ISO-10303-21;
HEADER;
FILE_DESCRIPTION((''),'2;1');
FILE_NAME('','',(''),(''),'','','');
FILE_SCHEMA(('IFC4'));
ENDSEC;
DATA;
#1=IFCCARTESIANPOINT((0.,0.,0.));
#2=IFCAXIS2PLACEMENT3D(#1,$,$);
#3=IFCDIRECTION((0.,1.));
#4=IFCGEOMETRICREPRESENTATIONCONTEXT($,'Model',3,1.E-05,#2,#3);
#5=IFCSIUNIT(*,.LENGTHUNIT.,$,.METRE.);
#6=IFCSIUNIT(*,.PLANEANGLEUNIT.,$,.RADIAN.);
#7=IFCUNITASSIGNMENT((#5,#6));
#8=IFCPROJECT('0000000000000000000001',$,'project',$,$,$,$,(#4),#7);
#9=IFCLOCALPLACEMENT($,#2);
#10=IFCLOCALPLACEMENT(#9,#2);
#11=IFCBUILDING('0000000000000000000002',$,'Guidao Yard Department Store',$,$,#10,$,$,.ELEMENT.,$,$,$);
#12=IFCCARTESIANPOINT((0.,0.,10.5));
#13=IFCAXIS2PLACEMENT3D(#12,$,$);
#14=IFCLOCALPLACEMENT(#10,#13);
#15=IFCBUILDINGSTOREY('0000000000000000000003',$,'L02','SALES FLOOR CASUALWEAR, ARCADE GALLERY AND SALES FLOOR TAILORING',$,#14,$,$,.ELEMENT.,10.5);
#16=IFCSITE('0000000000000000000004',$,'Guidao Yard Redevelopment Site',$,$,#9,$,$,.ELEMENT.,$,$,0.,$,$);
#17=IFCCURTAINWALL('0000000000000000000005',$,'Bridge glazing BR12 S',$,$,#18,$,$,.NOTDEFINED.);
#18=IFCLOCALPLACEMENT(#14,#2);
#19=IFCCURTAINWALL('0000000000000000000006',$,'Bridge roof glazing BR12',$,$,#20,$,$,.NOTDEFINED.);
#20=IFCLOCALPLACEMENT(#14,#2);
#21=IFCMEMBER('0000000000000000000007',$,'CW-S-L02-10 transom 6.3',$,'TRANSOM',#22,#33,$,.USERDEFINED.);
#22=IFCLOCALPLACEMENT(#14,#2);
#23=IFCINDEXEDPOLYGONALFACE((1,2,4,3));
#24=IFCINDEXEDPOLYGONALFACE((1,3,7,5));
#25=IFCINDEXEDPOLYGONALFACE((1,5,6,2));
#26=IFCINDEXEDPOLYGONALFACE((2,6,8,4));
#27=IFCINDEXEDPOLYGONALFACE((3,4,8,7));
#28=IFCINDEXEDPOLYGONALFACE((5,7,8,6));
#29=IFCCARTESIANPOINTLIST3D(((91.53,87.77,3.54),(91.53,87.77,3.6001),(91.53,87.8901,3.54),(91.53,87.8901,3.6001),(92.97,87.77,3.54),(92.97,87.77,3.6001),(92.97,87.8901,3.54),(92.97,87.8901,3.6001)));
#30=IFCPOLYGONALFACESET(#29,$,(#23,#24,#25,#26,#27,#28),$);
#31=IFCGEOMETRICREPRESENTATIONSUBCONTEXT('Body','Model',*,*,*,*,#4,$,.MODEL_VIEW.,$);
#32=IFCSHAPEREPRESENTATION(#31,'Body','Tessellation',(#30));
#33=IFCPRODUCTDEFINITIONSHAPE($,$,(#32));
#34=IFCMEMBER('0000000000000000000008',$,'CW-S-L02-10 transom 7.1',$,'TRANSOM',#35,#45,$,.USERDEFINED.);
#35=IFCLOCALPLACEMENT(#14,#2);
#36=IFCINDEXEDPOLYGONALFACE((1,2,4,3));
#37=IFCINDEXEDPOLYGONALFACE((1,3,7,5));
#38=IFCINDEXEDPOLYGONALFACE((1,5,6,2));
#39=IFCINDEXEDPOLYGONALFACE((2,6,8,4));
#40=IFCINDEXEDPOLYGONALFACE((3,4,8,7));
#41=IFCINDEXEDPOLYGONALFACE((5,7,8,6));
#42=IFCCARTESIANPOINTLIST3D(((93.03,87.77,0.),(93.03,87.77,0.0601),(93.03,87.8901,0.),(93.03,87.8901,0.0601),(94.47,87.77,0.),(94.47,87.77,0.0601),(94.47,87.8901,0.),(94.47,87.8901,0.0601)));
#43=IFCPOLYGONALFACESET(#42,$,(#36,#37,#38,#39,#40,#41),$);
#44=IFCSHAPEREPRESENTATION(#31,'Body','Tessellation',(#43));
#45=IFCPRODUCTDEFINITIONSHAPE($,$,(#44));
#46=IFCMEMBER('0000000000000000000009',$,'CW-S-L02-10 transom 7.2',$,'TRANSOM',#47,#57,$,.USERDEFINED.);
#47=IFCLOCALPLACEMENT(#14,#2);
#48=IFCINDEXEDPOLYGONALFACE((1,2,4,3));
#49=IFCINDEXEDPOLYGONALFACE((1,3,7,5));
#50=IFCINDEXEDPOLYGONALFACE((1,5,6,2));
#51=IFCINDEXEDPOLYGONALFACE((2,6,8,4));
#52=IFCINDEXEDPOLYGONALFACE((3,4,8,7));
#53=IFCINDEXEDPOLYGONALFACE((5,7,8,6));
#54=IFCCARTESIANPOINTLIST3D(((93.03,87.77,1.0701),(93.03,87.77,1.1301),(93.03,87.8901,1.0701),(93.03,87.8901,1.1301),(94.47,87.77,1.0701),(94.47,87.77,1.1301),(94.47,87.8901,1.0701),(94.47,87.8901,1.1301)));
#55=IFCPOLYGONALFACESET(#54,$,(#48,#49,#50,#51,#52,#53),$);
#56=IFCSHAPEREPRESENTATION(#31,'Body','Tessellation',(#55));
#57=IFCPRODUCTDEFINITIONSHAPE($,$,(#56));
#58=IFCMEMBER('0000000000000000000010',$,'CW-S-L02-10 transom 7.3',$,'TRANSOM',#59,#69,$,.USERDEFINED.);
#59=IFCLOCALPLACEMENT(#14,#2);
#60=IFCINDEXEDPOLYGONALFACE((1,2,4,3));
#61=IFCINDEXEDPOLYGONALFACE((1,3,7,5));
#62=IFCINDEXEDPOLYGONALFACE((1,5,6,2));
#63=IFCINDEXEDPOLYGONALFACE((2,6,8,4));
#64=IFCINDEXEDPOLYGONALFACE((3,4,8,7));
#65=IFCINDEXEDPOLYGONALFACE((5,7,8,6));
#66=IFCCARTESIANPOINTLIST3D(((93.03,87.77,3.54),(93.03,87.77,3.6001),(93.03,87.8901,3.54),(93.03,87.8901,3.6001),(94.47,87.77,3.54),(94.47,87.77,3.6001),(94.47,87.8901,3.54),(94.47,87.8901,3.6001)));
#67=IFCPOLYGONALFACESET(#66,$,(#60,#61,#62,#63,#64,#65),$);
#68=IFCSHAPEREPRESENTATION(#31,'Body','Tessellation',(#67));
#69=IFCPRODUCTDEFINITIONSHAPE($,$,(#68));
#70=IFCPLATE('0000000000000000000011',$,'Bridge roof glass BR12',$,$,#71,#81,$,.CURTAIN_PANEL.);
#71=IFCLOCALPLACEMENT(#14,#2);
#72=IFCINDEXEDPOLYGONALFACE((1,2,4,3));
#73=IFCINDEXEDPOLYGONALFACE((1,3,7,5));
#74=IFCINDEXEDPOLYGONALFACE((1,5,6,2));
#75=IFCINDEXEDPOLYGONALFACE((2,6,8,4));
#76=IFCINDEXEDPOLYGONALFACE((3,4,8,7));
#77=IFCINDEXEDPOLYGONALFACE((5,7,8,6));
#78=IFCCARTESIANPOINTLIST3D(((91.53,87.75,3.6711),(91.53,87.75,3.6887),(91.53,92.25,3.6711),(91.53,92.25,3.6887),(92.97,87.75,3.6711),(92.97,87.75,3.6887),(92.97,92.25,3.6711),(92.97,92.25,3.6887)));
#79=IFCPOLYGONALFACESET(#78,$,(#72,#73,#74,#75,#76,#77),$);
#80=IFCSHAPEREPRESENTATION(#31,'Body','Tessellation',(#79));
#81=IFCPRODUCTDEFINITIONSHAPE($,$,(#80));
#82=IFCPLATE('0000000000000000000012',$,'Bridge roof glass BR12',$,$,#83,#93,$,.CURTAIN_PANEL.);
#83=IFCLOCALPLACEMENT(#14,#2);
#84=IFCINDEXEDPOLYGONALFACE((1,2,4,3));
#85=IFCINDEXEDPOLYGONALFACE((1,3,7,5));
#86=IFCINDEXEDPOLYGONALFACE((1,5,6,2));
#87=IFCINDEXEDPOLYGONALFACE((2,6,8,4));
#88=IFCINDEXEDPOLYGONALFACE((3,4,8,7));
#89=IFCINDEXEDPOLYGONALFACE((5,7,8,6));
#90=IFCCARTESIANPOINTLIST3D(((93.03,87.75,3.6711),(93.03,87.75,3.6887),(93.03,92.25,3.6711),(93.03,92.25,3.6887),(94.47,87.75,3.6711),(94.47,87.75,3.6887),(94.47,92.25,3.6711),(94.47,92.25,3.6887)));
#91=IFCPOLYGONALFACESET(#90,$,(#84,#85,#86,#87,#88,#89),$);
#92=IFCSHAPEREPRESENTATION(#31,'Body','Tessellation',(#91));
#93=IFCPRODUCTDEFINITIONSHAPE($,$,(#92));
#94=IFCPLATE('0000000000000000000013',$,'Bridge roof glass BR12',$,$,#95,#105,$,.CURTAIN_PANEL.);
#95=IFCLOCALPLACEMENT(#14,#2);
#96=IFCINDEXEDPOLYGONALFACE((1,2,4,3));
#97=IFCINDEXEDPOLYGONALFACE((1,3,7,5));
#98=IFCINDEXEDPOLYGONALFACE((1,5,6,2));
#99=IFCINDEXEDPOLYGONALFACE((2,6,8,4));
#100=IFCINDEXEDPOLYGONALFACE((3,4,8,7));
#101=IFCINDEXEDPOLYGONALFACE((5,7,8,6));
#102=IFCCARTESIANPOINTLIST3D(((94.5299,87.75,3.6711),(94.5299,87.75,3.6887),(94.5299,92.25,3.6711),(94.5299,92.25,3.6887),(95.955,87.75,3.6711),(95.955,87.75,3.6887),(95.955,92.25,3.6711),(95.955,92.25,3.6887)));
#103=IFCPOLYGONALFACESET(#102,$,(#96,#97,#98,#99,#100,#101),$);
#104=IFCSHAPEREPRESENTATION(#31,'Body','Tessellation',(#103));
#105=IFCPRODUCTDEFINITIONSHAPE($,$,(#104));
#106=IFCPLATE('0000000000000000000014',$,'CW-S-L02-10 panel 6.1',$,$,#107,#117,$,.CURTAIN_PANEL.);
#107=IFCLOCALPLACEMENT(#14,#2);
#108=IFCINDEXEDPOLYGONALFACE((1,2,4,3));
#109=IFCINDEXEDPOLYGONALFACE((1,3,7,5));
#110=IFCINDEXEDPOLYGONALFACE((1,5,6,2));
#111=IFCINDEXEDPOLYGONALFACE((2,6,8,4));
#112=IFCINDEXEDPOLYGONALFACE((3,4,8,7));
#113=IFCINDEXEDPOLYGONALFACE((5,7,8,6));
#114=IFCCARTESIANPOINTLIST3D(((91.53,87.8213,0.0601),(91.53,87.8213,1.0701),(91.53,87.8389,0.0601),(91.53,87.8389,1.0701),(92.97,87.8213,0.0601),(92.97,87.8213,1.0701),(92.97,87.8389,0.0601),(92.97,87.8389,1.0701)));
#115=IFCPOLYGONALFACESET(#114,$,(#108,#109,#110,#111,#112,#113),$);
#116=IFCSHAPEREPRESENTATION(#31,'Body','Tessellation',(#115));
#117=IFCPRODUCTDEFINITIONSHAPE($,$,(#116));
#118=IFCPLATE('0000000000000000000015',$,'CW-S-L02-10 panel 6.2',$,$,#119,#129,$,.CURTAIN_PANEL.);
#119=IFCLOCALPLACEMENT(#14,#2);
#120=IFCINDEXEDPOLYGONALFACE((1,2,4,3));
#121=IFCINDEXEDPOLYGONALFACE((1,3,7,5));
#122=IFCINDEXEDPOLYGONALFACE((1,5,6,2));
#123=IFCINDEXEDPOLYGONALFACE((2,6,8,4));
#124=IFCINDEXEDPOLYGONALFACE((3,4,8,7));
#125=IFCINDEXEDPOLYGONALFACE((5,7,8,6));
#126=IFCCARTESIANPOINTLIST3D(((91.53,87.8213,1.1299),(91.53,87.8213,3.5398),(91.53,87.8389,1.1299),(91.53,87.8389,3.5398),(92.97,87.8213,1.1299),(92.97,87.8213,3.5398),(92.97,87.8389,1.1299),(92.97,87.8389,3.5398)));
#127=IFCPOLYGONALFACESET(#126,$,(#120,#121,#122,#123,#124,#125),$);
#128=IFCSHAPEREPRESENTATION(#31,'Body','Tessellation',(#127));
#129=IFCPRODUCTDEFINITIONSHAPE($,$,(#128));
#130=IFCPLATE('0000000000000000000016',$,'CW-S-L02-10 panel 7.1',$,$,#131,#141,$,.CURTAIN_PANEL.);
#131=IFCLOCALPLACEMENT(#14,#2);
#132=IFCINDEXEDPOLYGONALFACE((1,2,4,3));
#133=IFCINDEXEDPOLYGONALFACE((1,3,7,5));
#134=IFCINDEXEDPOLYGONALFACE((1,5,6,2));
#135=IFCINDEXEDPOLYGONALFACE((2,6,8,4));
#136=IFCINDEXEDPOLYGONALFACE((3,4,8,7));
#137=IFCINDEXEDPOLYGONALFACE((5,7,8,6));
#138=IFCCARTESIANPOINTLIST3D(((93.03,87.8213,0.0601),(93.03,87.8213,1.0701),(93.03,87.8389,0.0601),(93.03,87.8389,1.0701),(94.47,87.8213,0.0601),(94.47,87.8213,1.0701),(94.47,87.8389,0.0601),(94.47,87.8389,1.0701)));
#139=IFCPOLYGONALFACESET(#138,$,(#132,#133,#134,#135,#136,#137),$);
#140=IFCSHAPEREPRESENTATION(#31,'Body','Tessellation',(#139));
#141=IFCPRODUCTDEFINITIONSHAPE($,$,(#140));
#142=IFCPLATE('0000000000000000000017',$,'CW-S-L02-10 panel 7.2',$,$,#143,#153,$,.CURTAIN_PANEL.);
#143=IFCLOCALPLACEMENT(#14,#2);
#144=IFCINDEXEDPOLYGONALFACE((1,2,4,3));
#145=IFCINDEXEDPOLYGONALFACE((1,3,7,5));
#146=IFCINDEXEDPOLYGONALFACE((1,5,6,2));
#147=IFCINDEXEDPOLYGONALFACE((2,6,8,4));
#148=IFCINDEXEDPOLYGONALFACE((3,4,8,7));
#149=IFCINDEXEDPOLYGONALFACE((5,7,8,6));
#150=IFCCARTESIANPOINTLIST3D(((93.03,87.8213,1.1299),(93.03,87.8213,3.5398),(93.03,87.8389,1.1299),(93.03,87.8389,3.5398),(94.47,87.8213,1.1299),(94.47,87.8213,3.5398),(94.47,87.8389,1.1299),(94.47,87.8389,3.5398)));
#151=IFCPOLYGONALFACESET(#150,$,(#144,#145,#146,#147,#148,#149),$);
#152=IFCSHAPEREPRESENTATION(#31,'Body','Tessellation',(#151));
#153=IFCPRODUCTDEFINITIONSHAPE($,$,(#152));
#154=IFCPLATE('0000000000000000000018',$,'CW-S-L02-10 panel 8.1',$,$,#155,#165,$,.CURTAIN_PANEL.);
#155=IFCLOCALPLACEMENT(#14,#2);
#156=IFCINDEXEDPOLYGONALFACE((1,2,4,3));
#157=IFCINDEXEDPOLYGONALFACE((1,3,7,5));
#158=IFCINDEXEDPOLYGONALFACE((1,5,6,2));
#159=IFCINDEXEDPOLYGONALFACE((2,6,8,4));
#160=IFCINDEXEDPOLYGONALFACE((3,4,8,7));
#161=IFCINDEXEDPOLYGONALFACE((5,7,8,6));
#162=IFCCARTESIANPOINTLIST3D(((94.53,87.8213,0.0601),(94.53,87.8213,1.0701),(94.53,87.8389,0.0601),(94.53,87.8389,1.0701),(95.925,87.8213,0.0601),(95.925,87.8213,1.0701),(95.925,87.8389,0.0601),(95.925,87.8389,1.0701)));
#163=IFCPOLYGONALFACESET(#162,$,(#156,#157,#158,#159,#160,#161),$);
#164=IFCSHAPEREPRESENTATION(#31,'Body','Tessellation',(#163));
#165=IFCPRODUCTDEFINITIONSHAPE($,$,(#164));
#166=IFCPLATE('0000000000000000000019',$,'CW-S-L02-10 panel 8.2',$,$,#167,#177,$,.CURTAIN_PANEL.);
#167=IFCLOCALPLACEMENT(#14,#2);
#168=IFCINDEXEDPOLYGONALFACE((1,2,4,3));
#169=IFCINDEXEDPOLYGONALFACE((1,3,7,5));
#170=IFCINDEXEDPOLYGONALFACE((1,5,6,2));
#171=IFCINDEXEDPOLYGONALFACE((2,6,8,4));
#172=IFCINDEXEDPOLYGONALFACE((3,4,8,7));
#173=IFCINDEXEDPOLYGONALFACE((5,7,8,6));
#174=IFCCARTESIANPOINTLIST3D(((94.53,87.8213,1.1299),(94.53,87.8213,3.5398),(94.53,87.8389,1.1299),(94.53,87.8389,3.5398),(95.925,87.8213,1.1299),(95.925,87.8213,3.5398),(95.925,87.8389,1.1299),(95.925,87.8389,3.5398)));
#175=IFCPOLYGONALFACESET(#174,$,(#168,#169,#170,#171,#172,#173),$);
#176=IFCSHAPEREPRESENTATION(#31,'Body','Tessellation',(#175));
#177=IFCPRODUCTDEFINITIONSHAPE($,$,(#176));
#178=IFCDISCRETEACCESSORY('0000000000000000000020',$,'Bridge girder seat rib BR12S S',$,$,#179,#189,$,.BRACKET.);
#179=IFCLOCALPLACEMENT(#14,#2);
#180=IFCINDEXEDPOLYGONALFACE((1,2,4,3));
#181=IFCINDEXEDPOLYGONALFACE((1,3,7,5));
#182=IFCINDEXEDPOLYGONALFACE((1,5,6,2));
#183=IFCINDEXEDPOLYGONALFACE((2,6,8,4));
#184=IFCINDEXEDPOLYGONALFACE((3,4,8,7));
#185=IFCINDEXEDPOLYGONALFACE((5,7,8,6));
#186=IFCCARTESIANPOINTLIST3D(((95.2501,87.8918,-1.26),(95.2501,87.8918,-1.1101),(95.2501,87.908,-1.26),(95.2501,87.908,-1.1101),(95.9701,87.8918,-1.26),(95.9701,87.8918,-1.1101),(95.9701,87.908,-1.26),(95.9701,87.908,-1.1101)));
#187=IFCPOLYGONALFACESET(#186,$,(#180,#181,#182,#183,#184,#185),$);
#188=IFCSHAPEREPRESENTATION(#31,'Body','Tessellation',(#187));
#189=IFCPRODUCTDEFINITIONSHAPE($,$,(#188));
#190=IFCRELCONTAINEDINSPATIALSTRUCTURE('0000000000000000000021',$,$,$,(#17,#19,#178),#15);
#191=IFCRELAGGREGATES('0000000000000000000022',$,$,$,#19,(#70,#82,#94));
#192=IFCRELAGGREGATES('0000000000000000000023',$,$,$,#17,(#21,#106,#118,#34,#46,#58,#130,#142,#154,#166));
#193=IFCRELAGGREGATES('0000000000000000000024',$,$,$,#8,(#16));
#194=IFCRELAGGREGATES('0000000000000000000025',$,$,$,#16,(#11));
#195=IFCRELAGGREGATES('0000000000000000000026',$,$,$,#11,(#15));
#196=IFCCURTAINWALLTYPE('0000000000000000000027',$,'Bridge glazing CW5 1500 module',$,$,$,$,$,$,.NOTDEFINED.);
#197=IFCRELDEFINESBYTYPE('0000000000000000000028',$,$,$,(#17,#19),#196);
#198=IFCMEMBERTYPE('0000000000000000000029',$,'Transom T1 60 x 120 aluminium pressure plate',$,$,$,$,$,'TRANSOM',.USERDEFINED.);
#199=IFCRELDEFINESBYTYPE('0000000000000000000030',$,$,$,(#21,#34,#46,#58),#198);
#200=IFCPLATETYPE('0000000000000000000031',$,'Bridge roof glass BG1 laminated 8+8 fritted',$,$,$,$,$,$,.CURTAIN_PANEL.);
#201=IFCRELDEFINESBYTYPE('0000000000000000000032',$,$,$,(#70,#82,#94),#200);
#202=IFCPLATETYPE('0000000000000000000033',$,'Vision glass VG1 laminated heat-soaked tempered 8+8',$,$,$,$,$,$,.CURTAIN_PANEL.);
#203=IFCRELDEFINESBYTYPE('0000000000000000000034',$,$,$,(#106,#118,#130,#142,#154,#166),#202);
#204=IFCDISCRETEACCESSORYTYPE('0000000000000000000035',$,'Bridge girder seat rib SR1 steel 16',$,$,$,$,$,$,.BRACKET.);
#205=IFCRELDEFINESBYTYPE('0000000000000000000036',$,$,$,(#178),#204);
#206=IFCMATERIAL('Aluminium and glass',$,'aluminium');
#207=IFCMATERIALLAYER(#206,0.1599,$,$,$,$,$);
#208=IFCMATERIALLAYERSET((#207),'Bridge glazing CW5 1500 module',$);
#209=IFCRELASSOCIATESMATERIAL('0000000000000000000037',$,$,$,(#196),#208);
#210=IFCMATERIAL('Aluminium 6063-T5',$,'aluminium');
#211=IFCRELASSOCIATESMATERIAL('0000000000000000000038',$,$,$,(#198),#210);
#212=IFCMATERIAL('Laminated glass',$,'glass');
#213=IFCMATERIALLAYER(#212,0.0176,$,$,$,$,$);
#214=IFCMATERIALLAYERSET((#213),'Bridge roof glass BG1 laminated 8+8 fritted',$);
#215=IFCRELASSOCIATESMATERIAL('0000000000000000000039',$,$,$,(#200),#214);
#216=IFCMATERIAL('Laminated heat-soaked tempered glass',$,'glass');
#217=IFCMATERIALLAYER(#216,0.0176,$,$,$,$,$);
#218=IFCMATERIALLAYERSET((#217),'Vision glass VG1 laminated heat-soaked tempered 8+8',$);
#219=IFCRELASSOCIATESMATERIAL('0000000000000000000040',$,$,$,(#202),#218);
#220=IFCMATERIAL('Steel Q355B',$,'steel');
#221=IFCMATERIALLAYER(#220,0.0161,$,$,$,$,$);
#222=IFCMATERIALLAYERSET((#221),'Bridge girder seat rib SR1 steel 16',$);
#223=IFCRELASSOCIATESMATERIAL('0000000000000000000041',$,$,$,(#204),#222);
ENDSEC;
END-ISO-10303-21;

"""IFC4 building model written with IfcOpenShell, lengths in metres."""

from ifc_helpers import new_model, si_unit, direction, frame, origin, origin_2d, place, context, subcontext, project, spatial, rectangle, extrude, material, layer, layer_set, material_profile, profile_set, type_object, element, aggregate, save


model = new_model("IFC4")

# Units and contexts
model_context = context("Model", 3, precision=1e-05, world=origin(), true_north=direction((0.0, 1.0)))
body_context = subcontext(model_context, "Body", "Model", "MODEL_VIEW")
ifc_project = project(units=[si_unit("LENGTHUNIT", "METRE"), si_unit("PLANEANGLEUNIT", "RADIAN")], contexts=[model_context])

# Site, building, storey
site_placement = place(None, origin())
site = spatial("IfcSite", under=ifc_project, at=site_placement, Name="Guidao Yard Redevelopment Site", CompositionType="ELEMENT", RefElevation=0.0)
building_placement = place(site_placement, origin())
building = spatial("IfcBuilding", under=site, at=building_placement, Name="Guidao Yard Department Store", CompositionType="ELEMENT")
storey_placement = place(building_placement, frame((0.0, 0.0, 10.5)))
storey = spatial("IfcBuildingStorey", under=building, at=storey_placement, Name="L02", Description="SALES FLOOR CASUALWEAR, ARCADE GALLERY AND SALES FLOOR TAILORING", CompositionType="ELEMENT", Elevation=10.5)

# Curtain walls
ifc_material_1 = material(Name="Aluminium and glass", Category="aluminium")
ifc_layer_1 = layer(ifc_material_1, 0.1599)
ifc_layer_set_1 = layer_set([ifc_layer_1], Name="Bridge glazing CW5 1500 module")
curtain_wall_type = type_object("IfcCurtainWallType", Name="Bridge glazing CW5 1500 module", PredefinedType="NOTDEFINED", material=ifc_layer_set_1)
curtain_wall_1_placement = place(storey_placement, origin())
curtain_wall_1 = element("IfcCurtainWall", 1, at=curtain_wall_1_placement, inside=storey, type_object=curtain_wall_type, Name="Bridge glazing BR12 S", PredefinedType="NOTDEFINED")
curtain_wall_2_placement = place(storey_placement, origin())
curtain_wall_2 = element("IfcCurtainWall", 2, at=curtain_wall_2_placement, inside=storey, type_object=curtain_wall_type, Name="Bridge roof glazing BR12", PredefinedType="NOTDEFINED")

# Members
ifc_material_2 = material(Name="Aluminium 6063-T5", Category="aluminium")
ifc_material_profile_1 = material_profile(ifc_material_2, rectangle(XDim=0.1201, YDim=0.0601, at=origin_2d()), Name="Transom T1 60 x 120 aluminium pressure plate")
ifc_profile_set_1 = profile_set([ifc_material_profile_1], Name="Aluminium 6063-T5")
member_type_1 = type_object("IfcMemberType", Name="Transom T1 60 x 120 aluminium pressure plate", ElementType="TRANSOM", PredefinedType="USERDEFINED", material=ifc_profile_set_1)
member_1_placement = place(storey_placement, frame((92.97, 87.8301, 3.5701), z_axis=(-1.0, 0.0, 0.0), x_axis=(0.0, -1.0, 0.0)))
member_1 = element("IfcMember", 3, at=member_1_placement, type_object=member_type_1, Name="CW-S-L02-10 transom 6.3", ObjectType="TRANSOM", PredefinedType="USERDEFINED", context=body_context, shape_type="SweptSolid", body=[
    extrude(rectangle(XDim=0.1201, YDim=0.0601, at=origin_2d()), origin(), (0.0, 0.0, 1.0), 1.4399),
])
member_2_placement = place(storey_placement, frame((94.47, 87.8301, 0.03), z_axis=(-1.0, 0.0, 0.0), x_axis=(0.0, -1.0, 0.0)))
member_2 = element("IfcMember", 4, at=member_2_placement, type_object=member_type_1, Name="CW-S-L02-10 transom 7.1", ObjectType="TRANSOM", PredefinedType="USERDEFINED", context=body_context, shape_type="SweptSolid", body=[
    extrude(rectangle(XDim=0.1201, YDim=0.0601, at=origin_2d()), origin(), (0.0, 0.0, 1.0), 1.4399),
])
member_3_placement = place(storey_placement, frame((94.47, 87.8301, 1.1001), z_axis=(-1.0, 0.0, 0.0), x_axis=(0.0, -1.0, 0.0)))
member_3 = element("IfcMember", 5, at=member_3_placement, type_object=member_type_1, Name="CW-S-L02-10 transom 7.2", ObjectType="TRANSOM", PredefinedType="USERDEFINED", context=body_context, shape_type="SweptSolid", body=[
    extrude(rectangle(XDim=0.1201, YDim=0.0601, at=origin_2d()), origin(), (0.0, 0.0, 1.0), 1.4399),
])
member_4_placement = place(storey_placement, frame((94.47, 87.8301, 3.5701), z_axis=(-1.0, 0.0, 0.0), x_axis=(0.0, -1.0, 0.0)))
member_4 = element("IfcMember", 6, at=member_4_placement, type_object=member_type_1, Name="CW-S-L02-10 transom 7.3", ObjectType="TRANSOM", PredefinedType="USERDEFINED", context=body_context, shape_type="SweptSolid", body=[
    extrude(rectangle(XDim=0.1201, YDim=0.0601, at=origin_2d()), origin(), (0.0, 0.0, 1.0), 1.4399),
])

# Plates
ifc_material_3 = material(Name="Laminated glass", Category="glass")
ifc_layer_2 = layer(ifc_material_3, 0.0176)
ifc_layer_set_2 = layer_set([ifc_layer_2], Name="Bridge roof glass BG1 laminated 8+8 fritted")
plate_type_1 = type_object("IfcPlateType", Name="Bridge roof glass BG1 laminated 8+8 fritted", PredefinedType="CURTAIN_PANEL", material=ifc_layer_set_2)
plate_1_placement = place(storey_placement, frame((92.25, 90.0, 3.6711), z_axis=(0.0, 0.0, 1.0), x_axis=(1.0, 0.0, 0.0)))
plate_1 = element("IfcPlate", 7, at=plate_1_placement, type_object=plate_type_1, Name="Bridge roof glass BR12", PredefinedType="CURTAIN_PANEL", context=body_context, shape_type="SweptSolid", body=[
    extrude(rectangle(XDim=1.4399, YDim=4.5, at=origin_2d()), origin(), (0.0, 0.0, 1.0), 0.0176),
])
plate_2_placement = place(storey_placement, frame((93.75, 90.0, 3.6711), z_axis=(0.0, 0.0, 1.0), x_axis=(1.0, 0.0, 0.0)))
plate_2 = element("IfcPlate", 8, at=plate_2_placement, type_object=plate_type_1, Name="Bridge roof glass BR12", PredefinedType="CURTAIN_PANEL", context=body_context, shape_type="SweptSolid", body=[
    extrude(rectangle(XDim=1.4399, YDim=4.5, at=origin_2d()), origin(), (0.0, 0.0, 1.0), 0.0176),
])
plate_3_placement = place(storey_placement, frame((95.2424, 90.0, 3.6711), z_axis=(0.0, 0.0, 1.0), x_axis=(1.0, 0.0, 0.0)))
plate_3 = element("IfcPlate", 9, at=plate_3_placement, type_object=plate_type_1, Name="Bridge roof glass BR12", PredefinedType="CURTAIN_PANEL", context=body_context, shape_type="SweptSolid", body=[
    extrude(rectangle(XDim=1.425, YDim=4.5, at=origin_2d()), origin(), (0.0, 0.0, 1.0), 0.0176),
])
aggregate(curtain_wall_2, [plate_1, plate_2, plate_3])
ifc_material_4 = material(Name="Laminated heat-soaked tempered glass", Category="glass")
ifc_layer_3 = layer(ifc_material_4, 0.0176)
ifc_layer_set_3 = layer_set([ifc_layer_3], Name="Vision glass VG1 laminated heat-soaked tempered 8+8")
plate_type_2 = type_object("IfcPlateType", Name="Vision glass VG1 laminated heat-soaked tempered 8+8", PredefinedType="CURTAIN_PANEL", material=ifc_layer_set_3)
plate_4_placement = place(storey_placement, frame((92.25, 87.8301, 0.0601), z_axis=(0.0, 0.0, 1.0), x_axis=(-1.0, 0.0, 0.0)))
plate_4 = element("IfcPlate", 10, at=plate_4_placement, type_object=plate_type_2, Name="CW-S-L02-10 panel 6.1", PredefinedType="CURTAIN_PANEL", context=body_context, shape_type="SweptSolid", body=[
    extrude(rectangle(XDim=1.4399, YDim=0.0176, at=origin_2d()), origin(), (0.0, 0.0, 1.0), 1.01),
])
plate_5_placement = place(storey_placement, frame((92.25, 87.8301, 1.1299), z_axis=(0.0, 0.0, 1.0), x_axis=(-1.0, 0.0, 0.0)))
plate_5 = element("IfcPlate", 11, at=plate_5_placement, type_object=plate_type_2, Name="CW-S-L02-10 panel 6.2", PredefinedType="CURTAIN_PANEL", context=body_context, shape_type="SweptSolid", body=[
    extrude(rectangle(XDim=1.4399, YDim=0.0176, at=origin_2d()), origin(), (0.0, 0.0, 1.0), 2.4099),
])
plate_6_placement = place(storey_placement, frame((93.75, 87.8301, 0.0601), z_axis=(0.0, 0.0, 1.0), x_axis=(-1.0, 0.0, 0.0)))
plate_6 = element("IfcPlate", 12, at=plate_6_placement, type_object=plate_type_2, Name="CW-S-L02-10 panel 7.1", PredefinedType="CURTAIN_PANEL", context=body_context, shape_type="SweptSolid", body=[
    extrude(rectangle(XDim=1.4399, YDim=0.0176, at=origin_2d()), origin(), (0.0, 0.0, 1.0), 1.01),
])
plate_7_placement = place(storey_placement, frame((93.75, 87.8301, 1.1299), z_axis=(0.0, 0.0, 1.0), x_axis=(-1.0, 0.0, 0.0)))
plate_7 = element("IfcPlate", 13, at=plate_7_placement, type_object=plate_type_2, Name="CW-S-L02-10 panel 7.2", PredefinedType="CURTAIN_PANEL", context=body_context, shape_type="SweptSolid", body=[
    extrude(rectangle(XDim=1.4399, YDim=0.0176, at=origin_2d()), origin(), (0.0, 0.0, 1.0), 2.4099),
])
plate_8_placement = place(storey_placement, frame((95.2275, 87.8301, 0.0601), z_axis=(0.0, 0.0, 1.0), x_axis=(-1.0, 0.0, 0.0)))
plate_8 = element("IfcPlate", 14, at=plate_8_placement, type_object=plate_type_2, Name="CW-S-L02-10 panel 8.1", PredefinedType="CURTAIN_PANEL", context=body_context, shape_type="SweptSolid", body=[
    extrude(rectangle(XDim=1.395, YDim=0.0176, at=origin_2d()), origin(), (0.0, 0.0, 1.0), 1.01),
])
plate_9_placement = place(storey_placement, frame((95.2275, 87.8301, 1.1299), z_axis=(0.0, 0.0, 1.0), x_axis=(-1.0, 0.0, 0.0)))
plate_9 = element("IfcPlate", 15, at=plate_9_placement, type_object=plate_type_2, Name="CW-S-L02-10 panel 8.2", PredefinedType="CURTAIN_PANEL", context=body_context, shape_type="SweptSolid", body=[
    extrude(rectangle(XDim=1.395, YDim=0.0176, at=origin_2d()), origin(), (0.0, 0.0, 1.0), 2.4099),
])
aggregate(curtain_wall_1, [member_1, plate_4, plate_5, member_2, member_3, member_4, plate_6, plate_7, plate_8, plate_9])

# Discrete accessory
ifc_material_5 = material(Name="Steel Q355B", Category="steel")
ifc_layer_4 = layer(ifc_material_5, 0.0161)
ifc_layer_set_4 = layer_set([ifc_layer_4], Name="Bridge girder seat rib SR1 steel 16")
discrete_accessory_type = type_object("IfcDiscreteAccessoryType", Name="Bridge girder seat rib SR1 steel 16", PredefinedType="BRACKET", material=ifc_layer_set_4)
for number, where, z_axis, x_axis, name in (
    (16, (95.6101, 87.8999, -1.26), (0.0, 0.0, 1.0), (1.0, 0.0, 0.0), "Bridge girder seat rib BR12S S"),
):
    element("IfcDiscreteAccessory", number, at=place(storey_placement, frame(where, z_axis=z_axis, x_axis=x_axis)), inside=storey, type_object=discrete_accessory_type, Name=name, PredefinedType="BRACKET", context=body_context, shape_type="SweptSolid", body=[
        extrude(rectangle(XDim=0.72, YDim=0.0161, at=origin_2d()), origin(), (0.0, 0.0, 1.0), 0.1499),
    ])

save(model, "model.ifc")
